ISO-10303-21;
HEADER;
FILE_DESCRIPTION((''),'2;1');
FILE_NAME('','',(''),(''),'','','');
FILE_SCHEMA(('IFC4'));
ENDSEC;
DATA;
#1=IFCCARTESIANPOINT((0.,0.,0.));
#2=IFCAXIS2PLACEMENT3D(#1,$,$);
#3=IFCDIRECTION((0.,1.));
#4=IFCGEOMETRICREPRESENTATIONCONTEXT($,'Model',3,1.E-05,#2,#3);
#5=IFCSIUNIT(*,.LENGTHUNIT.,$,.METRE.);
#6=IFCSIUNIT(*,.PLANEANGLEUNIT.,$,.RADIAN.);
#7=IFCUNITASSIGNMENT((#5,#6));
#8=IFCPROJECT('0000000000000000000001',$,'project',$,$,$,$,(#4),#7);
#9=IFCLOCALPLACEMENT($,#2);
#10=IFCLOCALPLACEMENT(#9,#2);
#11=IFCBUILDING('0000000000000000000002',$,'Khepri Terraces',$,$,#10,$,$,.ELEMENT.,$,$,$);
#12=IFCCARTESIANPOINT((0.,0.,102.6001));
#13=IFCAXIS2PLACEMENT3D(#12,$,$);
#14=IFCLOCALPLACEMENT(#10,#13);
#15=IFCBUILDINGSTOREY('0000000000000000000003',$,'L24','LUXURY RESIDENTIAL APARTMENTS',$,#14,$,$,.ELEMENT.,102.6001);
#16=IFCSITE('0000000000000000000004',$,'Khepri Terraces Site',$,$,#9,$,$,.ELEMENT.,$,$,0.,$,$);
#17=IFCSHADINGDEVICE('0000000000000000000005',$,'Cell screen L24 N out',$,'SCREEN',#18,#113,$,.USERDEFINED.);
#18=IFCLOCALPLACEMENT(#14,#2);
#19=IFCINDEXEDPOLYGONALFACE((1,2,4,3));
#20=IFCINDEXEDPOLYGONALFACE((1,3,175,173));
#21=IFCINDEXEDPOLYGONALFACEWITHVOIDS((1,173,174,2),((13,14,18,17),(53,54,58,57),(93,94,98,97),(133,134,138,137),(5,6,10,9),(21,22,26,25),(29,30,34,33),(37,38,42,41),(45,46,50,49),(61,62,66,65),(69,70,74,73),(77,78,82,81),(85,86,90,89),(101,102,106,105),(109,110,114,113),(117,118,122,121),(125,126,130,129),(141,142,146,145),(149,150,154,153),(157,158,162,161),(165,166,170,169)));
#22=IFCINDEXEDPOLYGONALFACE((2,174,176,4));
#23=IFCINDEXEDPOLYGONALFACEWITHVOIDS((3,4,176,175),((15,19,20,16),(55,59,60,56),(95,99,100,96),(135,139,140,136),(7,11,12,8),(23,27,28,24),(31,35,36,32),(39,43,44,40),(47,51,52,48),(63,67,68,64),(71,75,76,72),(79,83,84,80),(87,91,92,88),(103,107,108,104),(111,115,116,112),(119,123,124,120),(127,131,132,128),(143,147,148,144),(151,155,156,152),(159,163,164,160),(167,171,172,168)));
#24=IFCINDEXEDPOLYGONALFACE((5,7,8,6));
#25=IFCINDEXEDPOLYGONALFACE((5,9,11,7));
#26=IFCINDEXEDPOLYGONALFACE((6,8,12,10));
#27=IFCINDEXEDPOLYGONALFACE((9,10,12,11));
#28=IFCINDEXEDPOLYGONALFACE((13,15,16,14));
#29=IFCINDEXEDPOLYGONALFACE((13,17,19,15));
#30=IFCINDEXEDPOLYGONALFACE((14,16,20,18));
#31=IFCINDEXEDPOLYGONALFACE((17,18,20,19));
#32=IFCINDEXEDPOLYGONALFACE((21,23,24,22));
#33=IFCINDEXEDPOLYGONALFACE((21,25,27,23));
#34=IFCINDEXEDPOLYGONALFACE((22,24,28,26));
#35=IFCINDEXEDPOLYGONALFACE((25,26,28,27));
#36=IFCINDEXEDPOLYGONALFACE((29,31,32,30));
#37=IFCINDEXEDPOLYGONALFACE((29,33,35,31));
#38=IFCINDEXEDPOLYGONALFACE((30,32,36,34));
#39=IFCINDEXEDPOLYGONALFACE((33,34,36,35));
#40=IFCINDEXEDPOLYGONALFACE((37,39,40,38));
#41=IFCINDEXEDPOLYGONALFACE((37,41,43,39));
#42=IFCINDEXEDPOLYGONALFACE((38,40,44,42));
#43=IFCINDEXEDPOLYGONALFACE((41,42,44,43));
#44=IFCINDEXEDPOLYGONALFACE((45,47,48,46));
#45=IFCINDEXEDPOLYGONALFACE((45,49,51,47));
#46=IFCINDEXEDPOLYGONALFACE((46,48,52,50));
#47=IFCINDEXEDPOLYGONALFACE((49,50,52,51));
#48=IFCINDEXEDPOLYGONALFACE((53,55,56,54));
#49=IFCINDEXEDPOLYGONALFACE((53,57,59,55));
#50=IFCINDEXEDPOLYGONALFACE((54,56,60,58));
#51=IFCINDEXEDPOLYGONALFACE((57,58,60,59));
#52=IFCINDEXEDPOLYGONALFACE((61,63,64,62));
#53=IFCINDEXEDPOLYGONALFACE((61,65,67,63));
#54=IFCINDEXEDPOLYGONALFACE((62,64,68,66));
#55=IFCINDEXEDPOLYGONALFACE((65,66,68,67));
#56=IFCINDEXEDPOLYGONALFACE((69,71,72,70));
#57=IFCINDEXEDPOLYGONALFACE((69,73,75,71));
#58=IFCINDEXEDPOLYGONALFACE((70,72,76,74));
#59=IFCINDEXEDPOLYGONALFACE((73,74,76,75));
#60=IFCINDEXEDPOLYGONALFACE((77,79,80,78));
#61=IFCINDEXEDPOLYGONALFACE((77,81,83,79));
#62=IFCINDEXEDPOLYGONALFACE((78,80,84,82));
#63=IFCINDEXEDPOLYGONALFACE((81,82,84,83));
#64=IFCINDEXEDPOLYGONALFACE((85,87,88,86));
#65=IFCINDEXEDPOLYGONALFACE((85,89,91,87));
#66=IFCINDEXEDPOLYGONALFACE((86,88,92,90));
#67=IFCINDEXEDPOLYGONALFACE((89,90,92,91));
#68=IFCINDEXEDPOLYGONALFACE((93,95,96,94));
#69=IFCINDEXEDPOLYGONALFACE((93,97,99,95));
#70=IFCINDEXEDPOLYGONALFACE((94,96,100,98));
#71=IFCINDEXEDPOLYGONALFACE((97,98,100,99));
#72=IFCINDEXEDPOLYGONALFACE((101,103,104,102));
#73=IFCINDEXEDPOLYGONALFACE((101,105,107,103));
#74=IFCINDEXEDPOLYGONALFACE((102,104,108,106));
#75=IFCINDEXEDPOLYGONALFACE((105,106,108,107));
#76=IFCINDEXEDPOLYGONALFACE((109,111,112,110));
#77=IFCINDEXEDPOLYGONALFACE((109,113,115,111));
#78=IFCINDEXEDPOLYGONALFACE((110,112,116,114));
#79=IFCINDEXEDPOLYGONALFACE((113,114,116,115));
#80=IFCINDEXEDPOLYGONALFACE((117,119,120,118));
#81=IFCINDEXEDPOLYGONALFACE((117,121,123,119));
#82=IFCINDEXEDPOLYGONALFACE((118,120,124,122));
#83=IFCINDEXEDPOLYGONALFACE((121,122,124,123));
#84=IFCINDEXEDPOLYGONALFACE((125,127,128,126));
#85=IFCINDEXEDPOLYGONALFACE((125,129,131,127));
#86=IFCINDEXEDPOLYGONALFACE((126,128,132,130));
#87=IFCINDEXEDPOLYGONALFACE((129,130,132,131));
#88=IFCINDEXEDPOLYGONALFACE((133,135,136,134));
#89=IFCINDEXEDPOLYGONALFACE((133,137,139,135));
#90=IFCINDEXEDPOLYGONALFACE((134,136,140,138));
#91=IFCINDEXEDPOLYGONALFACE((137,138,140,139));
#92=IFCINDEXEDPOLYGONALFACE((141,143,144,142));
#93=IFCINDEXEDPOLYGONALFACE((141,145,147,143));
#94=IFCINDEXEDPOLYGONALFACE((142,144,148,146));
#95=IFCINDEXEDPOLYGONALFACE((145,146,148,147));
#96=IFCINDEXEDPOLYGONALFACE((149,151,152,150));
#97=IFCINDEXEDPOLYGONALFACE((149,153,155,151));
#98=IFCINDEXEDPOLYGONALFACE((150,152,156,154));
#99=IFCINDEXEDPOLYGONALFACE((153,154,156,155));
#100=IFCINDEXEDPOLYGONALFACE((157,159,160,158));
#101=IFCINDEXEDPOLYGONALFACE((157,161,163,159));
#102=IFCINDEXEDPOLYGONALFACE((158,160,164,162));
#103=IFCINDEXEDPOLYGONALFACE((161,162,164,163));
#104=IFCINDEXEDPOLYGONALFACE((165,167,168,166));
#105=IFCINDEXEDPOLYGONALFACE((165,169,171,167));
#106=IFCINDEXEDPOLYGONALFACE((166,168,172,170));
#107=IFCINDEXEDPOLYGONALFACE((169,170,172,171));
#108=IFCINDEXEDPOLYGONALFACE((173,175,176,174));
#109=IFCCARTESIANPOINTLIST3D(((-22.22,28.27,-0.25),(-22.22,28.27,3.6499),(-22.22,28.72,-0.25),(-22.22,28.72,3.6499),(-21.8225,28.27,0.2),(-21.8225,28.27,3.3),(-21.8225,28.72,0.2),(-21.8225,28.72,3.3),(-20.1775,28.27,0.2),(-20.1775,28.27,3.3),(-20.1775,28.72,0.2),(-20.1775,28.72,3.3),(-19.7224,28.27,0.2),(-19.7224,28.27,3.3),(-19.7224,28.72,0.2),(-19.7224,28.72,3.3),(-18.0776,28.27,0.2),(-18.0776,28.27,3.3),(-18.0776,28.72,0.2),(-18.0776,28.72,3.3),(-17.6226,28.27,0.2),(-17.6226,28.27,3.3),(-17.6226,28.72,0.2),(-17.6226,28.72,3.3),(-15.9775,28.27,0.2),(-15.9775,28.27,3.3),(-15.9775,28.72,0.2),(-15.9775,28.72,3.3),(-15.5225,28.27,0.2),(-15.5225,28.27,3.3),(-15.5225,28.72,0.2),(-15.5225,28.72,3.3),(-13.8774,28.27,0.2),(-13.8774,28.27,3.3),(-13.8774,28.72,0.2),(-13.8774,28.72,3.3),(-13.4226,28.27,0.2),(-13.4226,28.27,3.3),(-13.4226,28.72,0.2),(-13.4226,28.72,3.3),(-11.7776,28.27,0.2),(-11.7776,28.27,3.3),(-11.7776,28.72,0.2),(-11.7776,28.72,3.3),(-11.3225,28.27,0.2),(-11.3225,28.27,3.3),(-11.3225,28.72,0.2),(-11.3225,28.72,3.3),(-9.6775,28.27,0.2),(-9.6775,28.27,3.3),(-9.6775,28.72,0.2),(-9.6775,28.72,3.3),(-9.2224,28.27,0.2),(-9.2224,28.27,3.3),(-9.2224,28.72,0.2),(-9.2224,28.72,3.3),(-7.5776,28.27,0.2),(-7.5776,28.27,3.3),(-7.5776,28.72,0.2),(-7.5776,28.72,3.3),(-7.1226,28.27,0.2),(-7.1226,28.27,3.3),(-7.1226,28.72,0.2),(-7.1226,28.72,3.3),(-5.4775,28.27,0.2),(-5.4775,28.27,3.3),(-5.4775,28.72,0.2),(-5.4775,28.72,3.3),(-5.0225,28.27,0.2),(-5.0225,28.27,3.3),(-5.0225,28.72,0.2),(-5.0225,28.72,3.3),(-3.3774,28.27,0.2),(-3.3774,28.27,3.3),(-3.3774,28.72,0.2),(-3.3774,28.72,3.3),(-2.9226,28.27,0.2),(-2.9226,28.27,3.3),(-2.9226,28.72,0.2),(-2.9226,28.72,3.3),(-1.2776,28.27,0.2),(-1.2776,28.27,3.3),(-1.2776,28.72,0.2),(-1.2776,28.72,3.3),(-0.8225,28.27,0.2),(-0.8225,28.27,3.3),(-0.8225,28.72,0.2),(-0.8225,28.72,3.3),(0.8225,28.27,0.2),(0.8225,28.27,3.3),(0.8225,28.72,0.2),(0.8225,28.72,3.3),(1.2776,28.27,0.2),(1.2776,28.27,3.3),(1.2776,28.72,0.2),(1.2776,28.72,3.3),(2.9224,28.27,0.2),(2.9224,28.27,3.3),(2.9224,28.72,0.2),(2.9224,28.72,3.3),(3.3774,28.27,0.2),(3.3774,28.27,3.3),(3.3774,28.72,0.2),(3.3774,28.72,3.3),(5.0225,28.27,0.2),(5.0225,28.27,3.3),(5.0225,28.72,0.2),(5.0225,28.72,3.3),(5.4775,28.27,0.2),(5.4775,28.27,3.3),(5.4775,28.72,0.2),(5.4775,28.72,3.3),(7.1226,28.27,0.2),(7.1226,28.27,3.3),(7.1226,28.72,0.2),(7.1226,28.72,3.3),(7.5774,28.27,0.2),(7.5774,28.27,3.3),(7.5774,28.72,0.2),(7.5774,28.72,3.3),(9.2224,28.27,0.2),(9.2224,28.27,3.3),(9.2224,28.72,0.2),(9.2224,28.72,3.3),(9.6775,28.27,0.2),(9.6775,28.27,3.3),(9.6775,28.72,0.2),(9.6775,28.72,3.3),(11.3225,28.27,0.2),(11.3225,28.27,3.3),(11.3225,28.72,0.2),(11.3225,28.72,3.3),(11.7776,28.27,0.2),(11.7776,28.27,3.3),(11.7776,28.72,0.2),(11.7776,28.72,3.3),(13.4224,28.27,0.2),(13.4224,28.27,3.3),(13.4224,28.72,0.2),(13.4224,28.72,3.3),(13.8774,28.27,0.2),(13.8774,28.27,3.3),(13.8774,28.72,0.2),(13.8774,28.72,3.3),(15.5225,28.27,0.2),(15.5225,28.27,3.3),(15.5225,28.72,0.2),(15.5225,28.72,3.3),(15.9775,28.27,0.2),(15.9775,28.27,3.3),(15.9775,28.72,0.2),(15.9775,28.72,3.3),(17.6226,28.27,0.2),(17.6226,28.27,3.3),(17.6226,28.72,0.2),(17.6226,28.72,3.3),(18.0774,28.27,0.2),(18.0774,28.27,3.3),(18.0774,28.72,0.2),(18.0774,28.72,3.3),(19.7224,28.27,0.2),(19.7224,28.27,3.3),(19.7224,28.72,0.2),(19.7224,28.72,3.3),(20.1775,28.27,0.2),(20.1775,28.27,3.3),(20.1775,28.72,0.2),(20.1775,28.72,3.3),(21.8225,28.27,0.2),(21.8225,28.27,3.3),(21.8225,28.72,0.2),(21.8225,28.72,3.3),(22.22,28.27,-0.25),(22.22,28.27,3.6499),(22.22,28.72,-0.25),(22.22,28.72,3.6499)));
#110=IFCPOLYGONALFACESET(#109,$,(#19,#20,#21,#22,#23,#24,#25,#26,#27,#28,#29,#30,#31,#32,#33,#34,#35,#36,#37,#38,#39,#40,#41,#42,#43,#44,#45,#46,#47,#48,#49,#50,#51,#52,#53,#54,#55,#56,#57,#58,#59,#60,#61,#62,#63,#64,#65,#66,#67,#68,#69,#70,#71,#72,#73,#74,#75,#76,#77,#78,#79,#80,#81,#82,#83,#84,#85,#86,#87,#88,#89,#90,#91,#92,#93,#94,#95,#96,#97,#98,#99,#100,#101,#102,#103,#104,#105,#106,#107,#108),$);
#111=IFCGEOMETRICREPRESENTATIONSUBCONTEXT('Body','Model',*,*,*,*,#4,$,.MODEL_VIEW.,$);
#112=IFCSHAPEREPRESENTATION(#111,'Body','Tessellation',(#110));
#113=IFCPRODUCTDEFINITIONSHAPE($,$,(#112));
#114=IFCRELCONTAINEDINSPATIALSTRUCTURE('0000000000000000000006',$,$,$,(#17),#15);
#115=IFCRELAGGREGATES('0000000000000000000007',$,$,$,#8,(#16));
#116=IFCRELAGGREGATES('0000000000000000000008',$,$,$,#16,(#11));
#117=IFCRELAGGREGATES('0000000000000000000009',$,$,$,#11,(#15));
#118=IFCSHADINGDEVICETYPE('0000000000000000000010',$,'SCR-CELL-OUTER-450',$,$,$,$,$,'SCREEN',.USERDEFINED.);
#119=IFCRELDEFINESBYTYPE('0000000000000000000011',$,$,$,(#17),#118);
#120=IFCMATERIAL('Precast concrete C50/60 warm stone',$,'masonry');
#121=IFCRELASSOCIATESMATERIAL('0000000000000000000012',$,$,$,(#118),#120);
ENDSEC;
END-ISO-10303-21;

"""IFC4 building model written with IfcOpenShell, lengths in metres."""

from ifc_helpers import new_model, si_unit, direction, frame, origin, place, context, subcontext, project, spatial, polyline, outline, extrude, material, type_object, element, save


model = new_model("IFC4")

# Units and contexts
model_context = context("Model", 3, precision=1e-05, world=origin(), true_north=direction((0.0, 1.0)))
body_context = subcontext(model_context, "Body", "Model", "MODEL_VIEW")
ifc_project = project(units=[si_unit("LENGTHUNIT", "METRE"), si_unit("PLANEANGLEUNIT", "RADIAN")], contexts=[model_context])

# Site, building, storey
site_placement = place(None, origin())
site = spatial("IfcSite", under=ifc_project, at=site_placement, Name="Khepri Terraces Site", CompositionType="ELEMENT", RefElevation=0.0)
building_placement = place(site_placement, origin())
building = spatial("IfcBuilding", under=site, at=building_placement, Name="Khepri Terraces", CompositionType="ELEMENT")
storey_placement = place(building_placement, frame((0.0, 0.0, 102.6001)))
storey = spatial("IfcBuildingStorey", under=building, at=storey_placement, Name="L24", Description="LUXURY RESIDENTIAL APARTMENTS", CompositionType="ELEMENT", Elevation=102.6001)

# Shared definitions
ifc_material_1 = material(Name="Precast concrete C50/60 warm stone", Category="masonry")

# Shading device
shading_device_type_1 = type_object("IfcShadingDeviceType", Name="SCR-CELL-OUTER-450", ElementType="SCREEN", PredefinedType="USERDEFINED", material=ifc_material_1)
shading_device_1_placement = place(storey_placement, frame((22.22, 28.27, -0.25), z_axis=(0.0, 1.0, 0.0), x_axis=(-1.0, 0.0, 0.0)))
element("IfcShadingDevice", 1, at=shading_device_1_placement, inside=storey, type_object=shading_device_type_1, Name="Cell screen L24 N out", ObjectType="SCREEN", PredefinedType="USERDEFINED", context=body_context, shape_type="SweptSolid", body=[
    extrude(outline(polyline([(0.0, 0.0), (44.4399, 0.0), (44.4399, 3.8999), (0.0, 3.8999), (0.0, 0.0)]), holes=[polyline([(0.3975, 0.45), (2.0425, 0.45), (2.0425, 3.55), (0.3975, 3.55), (0.3975, 0.45)]), polyline([(2.4976, 0.45), (4.1426, 0.45), (4.1426, 3.55), (2.4976, 3.55), (2.4976, 0.45)]), polyline([(4.5974, 0.45), (6.2424, 0.45), (6.2424, 3.55), (4.5974, 3.55), (4.5974, 0.45)]), polyline([(6.6975, 0.45), (8.3425, 0.45), (8.3425, 3.55), (6.6975, 3.55), (6.6975, 0.45)]), polyline([(8.7976, 0.45), (10.4424, 0.45), (10.4424, 3.55), (8.7976, 3.55), (8.7976, 0.45)]), polyline([(10.8975, 0.45), (12.5425, 0.45), (12.5425, 3.55), (10.8975, 3.55), (10.8975, 0.45)]), polyline([(12.9976, 0.45), (14.6426, 0.45), (14.6426, 3.55), (12.9976, 3.55), (12.9976, 0.45)]), polyline([(15.0974, 0.45), (16.7424, 0.45), (16.7424, 3.55), (15.0974, 3.55), (15.0974, 0.45)]), polyline([(17.1975, 0.45), (18.8425, 0.45), (18.8425, 3.55), (17.1975, 3.55), (17.1975, 0.45)]), polyline([(19.2976, 0.45), (20.9424, 0.45), (20.9424, 3.55), (19.2976, 3.55), (19.2976, 0.45)]), polyline([(21.3975, 0.45), (23.0425, 0.45), (23.0425, 3.55), (21.3975, 3.55), (21.3975, 0.45)]), polyline([(23.4976, 0.45), (25.1426, 0.45), (25.1426, 3.55), (23.4976, 3.55), (23.4976, 0.45)]), polyline([(25.5974, 0.45), (27.2424, 0.45), (27.2424, 3.55), (25.5974, 3.55), (25.5974, 0.45)]), polyline([(27.6975, 0.45), (29.3425, 0.45), (29.3425, 3.55), (27.6975, 3.55), (27.6975, 0.45)]), polyline([(29.7976, 0.45), (31.4424, 0.45), (31.4424, 3.55), (29.7976, 3.55), (29.7976, 0.45)]), polyline([(31.8975, 0.45), (33.5425, 0.45), (33.5425, 3.55), (31.8975, 3.55), (31.8975, 0.45)]), polyline([(33.9976, 0.45), (35.6426, 0.45), (35.6426, 3.55), (33.9976, 3.55), (33.9976, 0.45)]), polyline([(36.0974, 0.45), (37.7424, 0.45), (37.7424, 3.55), (36.0974, 3.55), (36.0974, 0.45)]), polyline([(38.1975, 0.45), (39.8425, 0.45), (39.8425, 3.55), (38.1975, 3.55), (38.1975, 0.45)]), polyline([(40.2976, 0.45), (41.9424, 0.45), (41.9424, 3.55), (40.2976, 3.55), (40.2976, 0.45)]), polyline([(42.3975, 0.45), (44.0425, 0.45), (44.0425, 3.55), (42.3975, 3.55), (42.3975, 0.45)])]), origin(), (0.0, 0.0, 1.0), 0.45),
])

save(model, "model.ifc")
